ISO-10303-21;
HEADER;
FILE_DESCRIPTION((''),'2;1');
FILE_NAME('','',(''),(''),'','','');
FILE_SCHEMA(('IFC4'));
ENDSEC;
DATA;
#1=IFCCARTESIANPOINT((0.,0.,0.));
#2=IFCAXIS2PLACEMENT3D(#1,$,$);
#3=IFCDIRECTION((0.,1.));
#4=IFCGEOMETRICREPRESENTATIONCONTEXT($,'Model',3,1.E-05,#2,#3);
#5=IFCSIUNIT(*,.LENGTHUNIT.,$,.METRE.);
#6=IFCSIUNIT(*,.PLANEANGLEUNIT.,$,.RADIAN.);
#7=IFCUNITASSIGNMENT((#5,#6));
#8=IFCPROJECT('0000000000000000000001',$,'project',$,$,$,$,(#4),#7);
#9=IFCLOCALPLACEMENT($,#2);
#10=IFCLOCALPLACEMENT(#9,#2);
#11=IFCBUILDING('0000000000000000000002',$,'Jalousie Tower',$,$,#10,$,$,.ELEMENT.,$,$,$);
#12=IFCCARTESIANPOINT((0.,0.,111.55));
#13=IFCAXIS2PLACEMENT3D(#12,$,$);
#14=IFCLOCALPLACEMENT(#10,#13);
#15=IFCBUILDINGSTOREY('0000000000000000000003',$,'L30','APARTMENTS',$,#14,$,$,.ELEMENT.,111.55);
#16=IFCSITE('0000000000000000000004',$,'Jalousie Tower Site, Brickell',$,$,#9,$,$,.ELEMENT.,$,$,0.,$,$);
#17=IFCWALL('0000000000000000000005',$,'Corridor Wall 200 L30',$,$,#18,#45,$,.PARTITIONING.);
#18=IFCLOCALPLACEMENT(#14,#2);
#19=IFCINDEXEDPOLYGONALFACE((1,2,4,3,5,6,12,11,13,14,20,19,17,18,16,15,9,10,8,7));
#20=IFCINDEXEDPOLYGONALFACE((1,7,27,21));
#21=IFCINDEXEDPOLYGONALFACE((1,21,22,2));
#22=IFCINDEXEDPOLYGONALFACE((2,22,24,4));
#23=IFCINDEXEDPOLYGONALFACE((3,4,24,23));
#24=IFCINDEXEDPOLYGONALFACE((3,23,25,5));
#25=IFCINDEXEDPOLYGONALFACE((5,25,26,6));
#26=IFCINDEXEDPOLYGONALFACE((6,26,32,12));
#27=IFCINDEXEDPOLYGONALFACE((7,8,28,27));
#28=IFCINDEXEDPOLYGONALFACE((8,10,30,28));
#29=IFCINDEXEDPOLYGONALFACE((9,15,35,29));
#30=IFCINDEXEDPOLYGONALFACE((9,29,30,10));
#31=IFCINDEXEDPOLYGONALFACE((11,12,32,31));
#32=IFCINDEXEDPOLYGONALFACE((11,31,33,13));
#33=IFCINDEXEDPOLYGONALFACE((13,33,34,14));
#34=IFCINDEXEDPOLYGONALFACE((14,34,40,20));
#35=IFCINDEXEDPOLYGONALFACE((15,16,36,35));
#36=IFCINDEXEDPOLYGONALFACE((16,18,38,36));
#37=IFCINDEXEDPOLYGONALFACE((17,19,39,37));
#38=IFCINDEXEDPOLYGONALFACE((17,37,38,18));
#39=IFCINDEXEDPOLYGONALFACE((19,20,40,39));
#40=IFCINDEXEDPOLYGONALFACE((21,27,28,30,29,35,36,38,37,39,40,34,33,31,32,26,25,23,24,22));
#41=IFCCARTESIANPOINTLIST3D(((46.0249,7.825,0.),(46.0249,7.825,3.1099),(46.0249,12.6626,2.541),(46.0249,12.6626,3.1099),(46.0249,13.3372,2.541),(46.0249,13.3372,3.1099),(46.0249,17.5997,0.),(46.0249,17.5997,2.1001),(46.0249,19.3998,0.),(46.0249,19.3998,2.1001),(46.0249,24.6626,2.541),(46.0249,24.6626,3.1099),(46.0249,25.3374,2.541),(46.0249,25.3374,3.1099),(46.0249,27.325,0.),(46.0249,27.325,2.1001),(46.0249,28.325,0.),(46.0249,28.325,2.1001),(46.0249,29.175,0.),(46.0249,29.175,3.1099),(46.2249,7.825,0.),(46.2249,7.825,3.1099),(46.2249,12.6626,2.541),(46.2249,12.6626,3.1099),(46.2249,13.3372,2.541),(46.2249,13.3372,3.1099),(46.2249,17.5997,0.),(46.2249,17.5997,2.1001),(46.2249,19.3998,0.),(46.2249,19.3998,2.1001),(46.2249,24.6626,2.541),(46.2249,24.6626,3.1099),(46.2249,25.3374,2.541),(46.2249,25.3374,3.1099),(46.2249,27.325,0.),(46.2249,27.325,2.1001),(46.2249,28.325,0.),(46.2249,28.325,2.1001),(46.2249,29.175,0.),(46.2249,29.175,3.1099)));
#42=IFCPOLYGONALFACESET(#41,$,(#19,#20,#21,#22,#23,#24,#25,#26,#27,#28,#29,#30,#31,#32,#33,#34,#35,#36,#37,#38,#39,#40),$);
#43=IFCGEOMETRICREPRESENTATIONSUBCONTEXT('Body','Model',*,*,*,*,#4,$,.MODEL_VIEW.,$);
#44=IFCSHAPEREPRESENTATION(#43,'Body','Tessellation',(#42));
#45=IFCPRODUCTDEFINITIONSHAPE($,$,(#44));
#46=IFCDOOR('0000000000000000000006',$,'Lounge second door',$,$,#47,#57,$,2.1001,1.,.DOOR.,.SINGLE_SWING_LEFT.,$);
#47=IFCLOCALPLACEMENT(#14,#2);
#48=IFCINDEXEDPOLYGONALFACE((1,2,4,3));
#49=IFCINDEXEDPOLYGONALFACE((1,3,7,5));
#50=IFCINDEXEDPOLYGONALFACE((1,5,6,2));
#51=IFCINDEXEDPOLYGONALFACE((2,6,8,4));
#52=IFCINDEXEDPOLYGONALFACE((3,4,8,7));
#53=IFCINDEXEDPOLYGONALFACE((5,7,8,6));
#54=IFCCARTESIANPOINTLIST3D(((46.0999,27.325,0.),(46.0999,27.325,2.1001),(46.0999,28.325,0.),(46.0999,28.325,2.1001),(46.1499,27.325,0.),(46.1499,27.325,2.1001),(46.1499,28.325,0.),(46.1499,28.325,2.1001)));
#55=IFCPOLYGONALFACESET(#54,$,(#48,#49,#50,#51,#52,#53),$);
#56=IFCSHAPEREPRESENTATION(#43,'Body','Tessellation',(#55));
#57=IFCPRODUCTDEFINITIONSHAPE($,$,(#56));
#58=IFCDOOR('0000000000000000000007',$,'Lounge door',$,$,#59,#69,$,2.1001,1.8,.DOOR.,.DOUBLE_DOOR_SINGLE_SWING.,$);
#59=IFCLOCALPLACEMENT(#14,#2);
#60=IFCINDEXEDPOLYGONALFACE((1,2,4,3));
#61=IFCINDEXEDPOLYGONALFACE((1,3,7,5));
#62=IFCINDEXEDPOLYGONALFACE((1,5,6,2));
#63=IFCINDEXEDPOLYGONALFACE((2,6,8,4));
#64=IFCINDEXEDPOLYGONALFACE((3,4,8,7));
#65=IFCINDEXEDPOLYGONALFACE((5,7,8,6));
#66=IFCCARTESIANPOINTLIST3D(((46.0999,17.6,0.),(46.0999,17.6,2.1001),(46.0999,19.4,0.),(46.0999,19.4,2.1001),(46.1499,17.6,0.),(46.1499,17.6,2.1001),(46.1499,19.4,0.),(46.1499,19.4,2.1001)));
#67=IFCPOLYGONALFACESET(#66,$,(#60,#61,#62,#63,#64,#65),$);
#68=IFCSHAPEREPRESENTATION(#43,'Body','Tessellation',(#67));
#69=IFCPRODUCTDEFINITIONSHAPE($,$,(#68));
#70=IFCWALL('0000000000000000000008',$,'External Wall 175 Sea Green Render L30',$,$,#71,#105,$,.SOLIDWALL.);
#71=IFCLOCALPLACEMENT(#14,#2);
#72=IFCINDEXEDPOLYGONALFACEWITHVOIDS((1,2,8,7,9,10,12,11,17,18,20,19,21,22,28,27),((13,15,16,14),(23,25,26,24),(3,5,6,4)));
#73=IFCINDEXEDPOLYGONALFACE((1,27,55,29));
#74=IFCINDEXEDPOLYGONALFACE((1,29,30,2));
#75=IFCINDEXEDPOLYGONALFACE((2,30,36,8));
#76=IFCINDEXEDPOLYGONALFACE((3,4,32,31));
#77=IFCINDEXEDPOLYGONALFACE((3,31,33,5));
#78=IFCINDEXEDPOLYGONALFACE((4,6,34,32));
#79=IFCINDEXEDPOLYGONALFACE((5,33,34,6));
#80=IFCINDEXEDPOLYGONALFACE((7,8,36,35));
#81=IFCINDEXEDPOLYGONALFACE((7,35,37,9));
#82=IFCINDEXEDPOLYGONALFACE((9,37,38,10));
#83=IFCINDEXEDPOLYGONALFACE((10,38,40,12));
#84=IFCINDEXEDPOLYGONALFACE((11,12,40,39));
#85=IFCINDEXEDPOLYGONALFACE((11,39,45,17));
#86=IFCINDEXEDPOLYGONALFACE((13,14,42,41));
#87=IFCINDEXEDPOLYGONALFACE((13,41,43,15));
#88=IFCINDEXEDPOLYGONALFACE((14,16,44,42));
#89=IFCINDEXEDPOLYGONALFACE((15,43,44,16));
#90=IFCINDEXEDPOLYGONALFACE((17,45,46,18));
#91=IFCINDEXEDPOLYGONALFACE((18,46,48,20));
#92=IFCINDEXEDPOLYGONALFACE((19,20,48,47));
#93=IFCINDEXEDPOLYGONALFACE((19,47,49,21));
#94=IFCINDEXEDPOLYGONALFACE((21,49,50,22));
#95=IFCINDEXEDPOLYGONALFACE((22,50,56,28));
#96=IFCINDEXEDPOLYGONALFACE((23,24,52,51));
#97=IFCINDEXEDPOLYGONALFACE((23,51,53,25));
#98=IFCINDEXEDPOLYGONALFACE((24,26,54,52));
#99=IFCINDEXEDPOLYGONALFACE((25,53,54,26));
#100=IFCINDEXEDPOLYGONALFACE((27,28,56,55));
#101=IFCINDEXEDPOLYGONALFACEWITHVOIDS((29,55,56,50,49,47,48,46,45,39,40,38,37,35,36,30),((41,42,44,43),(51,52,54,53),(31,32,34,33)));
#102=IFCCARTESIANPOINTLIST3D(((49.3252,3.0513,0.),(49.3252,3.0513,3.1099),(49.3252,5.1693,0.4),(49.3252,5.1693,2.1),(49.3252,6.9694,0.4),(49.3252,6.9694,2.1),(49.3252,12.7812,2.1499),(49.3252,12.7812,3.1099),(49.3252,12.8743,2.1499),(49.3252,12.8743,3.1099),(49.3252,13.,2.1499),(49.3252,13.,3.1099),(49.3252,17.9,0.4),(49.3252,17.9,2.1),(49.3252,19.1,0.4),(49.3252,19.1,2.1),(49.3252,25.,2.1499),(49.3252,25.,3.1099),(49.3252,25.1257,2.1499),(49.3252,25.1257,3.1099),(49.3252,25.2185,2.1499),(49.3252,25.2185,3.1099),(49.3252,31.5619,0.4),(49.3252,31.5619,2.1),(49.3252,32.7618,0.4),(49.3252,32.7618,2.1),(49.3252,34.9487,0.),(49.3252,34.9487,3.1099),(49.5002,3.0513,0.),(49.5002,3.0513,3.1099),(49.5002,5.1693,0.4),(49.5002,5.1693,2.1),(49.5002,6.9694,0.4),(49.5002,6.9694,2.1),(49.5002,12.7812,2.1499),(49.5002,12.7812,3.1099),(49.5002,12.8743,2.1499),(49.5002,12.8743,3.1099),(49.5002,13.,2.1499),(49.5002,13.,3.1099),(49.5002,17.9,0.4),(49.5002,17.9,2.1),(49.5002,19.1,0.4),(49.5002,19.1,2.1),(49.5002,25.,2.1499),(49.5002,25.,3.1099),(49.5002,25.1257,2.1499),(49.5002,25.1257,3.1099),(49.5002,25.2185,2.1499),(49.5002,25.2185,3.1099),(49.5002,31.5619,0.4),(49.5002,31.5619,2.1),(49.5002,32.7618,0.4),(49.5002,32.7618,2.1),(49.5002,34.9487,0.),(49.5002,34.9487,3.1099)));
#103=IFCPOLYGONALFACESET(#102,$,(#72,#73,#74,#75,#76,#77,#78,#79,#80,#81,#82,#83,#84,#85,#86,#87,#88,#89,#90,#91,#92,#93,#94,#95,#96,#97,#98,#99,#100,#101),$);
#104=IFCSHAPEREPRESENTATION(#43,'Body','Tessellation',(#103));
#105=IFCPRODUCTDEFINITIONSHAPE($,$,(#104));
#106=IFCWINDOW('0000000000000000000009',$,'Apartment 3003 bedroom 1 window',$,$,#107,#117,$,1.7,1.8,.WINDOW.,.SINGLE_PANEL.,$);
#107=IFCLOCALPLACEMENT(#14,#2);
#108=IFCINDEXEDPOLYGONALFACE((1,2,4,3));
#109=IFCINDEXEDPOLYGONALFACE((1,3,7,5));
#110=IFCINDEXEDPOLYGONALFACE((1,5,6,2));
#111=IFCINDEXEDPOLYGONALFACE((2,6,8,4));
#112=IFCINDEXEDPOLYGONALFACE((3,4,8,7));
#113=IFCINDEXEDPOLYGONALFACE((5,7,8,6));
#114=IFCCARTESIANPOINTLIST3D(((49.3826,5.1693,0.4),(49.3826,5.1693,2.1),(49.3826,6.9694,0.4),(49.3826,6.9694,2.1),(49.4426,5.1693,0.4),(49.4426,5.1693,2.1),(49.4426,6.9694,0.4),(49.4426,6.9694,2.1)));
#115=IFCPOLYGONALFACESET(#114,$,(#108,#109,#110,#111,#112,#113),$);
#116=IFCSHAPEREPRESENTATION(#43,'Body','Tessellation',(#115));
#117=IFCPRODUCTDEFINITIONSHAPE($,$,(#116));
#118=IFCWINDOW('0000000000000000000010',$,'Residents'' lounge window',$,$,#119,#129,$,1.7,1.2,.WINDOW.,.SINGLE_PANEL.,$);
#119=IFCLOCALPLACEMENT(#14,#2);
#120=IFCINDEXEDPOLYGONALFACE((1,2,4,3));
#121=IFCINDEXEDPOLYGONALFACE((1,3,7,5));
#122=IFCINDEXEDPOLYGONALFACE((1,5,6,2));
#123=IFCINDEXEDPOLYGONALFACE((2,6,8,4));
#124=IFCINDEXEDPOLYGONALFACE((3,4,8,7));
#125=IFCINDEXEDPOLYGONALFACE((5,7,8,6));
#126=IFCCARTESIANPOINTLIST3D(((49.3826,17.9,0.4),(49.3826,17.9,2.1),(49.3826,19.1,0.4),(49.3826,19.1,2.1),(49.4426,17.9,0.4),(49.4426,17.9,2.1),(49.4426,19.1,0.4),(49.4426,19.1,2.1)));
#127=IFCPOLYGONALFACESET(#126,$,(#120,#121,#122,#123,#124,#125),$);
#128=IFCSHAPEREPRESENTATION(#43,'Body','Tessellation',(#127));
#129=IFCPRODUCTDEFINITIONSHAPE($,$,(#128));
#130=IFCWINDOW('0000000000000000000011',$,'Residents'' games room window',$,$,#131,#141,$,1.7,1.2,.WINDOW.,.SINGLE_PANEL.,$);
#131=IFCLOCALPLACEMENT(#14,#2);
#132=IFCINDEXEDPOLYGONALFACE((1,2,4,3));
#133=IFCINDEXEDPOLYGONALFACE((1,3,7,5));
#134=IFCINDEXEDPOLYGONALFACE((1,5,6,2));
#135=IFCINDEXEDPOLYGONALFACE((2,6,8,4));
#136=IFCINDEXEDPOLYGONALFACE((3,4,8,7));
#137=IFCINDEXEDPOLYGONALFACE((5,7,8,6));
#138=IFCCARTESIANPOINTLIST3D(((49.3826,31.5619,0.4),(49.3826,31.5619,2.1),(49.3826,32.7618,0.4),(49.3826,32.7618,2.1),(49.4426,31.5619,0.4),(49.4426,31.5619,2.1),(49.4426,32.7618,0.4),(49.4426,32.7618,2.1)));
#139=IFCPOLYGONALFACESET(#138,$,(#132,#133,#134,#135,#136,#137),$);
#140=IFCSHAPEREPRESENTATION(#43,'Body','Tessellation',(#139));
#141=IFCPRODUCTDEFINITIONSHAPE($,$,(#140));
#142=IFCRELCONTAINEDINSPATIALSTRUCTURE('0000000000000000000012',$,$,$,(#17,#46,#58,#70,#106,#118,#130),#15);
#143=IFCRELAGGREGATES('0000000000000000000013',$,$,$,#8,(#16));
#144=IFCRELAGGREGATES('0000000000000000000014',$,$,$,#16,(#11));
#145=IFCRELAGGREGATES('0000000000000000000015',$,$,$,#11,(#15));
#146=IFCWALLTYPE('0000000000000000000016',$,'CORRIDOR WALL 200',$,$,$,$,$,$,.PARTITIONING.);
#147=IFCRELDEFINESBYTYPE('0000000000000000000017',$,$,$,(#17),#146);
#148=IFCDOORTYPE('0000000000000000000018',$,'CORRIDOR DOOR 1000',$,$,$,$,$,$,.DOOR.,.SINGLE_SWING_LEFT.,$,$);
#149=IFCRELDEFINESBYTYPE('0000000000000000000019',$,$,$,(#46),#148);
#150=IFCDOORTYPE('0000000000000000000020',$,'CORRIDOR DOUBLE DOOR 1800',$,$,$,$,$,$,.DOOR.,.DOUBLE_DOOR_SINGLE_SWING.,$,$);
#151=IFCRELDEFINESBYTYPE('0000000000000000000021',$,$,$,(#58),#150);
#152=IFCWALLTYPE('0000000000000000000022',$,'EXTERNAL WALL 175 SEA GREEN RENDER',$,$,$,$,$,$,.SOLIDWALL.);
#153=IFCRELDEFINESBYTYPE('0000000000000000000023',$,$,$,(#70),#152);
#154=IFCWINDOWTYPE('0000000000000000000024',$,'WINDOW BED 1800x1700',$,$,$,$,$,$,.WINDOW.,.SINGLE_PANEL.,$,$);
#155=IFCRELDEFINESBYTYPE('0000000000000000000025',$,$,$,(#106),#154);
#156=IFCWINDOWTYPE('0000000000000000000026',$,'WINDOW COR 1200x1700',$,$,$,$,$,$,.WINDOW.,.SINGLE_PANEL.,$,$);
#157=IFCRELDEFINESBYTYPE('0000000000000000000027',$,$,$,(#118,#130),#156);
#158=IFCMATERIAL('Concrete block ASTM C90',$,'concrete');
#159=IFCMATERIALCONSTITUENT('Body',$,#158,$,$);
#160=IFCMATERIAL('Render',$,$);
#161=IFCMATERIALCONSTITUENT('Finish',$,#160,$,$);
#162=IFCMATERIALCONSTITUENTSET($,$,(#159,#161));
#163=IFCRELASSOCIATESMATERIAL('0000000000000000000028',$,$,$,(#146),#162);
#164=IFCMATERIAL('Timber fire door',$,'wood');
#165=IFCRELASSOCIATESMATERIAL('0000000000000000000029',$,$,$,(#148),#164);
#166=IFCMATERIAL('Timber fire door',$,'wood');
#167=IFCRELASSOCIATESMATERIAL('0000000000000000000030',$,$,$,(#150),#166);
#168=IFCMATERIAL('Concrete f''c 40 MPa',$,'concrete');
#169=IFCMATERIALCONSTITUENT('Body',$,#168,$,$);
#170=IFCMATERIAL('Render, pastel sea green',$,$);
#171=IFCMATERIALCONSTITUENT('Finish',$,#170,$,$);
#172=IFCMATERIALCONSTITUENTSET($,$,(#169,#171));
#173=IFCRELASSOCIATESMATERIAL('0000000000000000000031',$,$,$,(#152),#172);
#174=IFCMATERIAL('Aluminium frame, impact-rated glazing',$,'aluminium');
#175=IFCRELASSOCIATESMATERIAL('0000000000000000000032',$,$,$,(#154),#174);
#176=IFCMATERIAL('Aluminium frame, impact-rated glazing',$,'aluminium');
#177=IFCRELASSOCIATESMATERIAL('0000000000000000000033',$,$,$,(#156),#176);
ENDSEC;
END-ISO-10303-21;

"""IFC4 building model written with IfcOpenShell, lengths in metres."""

from ifc_helpers import new_model, si_unit, direction, frame, frame_2d, origin, place, context, subcontext, project, spatial, polyline, rectangle, outline, extrude, material, constituent, constituent_set, type_object, element, fill, save


model = new_model("IFC4")

# Units and contexts
model_context = context("Model", 3, precision=1e-05, world=origin(), true_north=direction((0.0, 1.0)))
body_context = subcontext(model_context, "Body", "Model", "MODEL_VIEW")
ifc_project = project(units=[si_unit("LENGTHUNIT", "METRE"), si_unit("PLANEANGLEUNIT", "RADIAN")], contexts=[model_context])

# Site, building, storey
site_placement = place(None, origin())
site = spatial("IfcSite", under=ifc_project, at=site_placement, Name="Jalousie Tower Site, Brickell", CompositionType="ELEMENT", RefElevation=0.0)
building_placement = place(site_placement, origin())
building = spatial("IfcBuilding", under=site, at=building_placement, Name="Jalousie Tower", CompositionType="ELEMENT")
storey_placement = place(building_placement, frame((0.0, 0.0, 111.55)))
storey = spatial("IfcBuildingStorey", under=building, at=storey_placement, Name="L30", Description="APARTMENTS", CompositionType="ELEMENT", Elevation=111.55)

# Wall, openings, doors
ifc_material_1 = material(Name="Concrete block ASTM C90", Category="concrete")
ifc_constituent_1 = constituent(ifc_material_1, Name="Body")
ifc_material_2 = material(Name="Render")
ifc_constituent_2 = constituent(ifc_material_2, Name="Finish")
ifc_constituent_set_1 = constituent_set(constituents=[ifc_constituent_1, ifc_constituent_2])
wall_type_1 = type_object("IfcWallType", Name="CORRIDOR WALL 200", PredefinedType="PARTITIONING", material=ifc_constituent_set_1)
wall_1_placement = place(storey_placement, frame((46.125, 7.825, 0.0), z_axis=(0.0, 0.0, 1.0), x_axis=(0.0, 1.0, 0.0)))
wall_1 = element("IfcWall", 1, at=wall_1_placement, inside=storey, type_object=wall_type_1, Name="Corridor Wall 200 L30", PredefinedType="PARTITIONING", context=body_context, shape_type="SweptSolid", body=[
    extrude(outline(polyline([(0.0, 0.0), (21.3501, 0.0), (21.3501, 3.1099), (17.5125, 3.1099), (17.5125, 2.541), (16.8376, 2.541), (16.8376, 3.1099), (5.5122, 3.1099), (5.5122, 2.541), (4.8376, 2.541), (4.8376, 3.1099), (0.0, 3.1099), (0.0, 0.0)])), frame((0.0, 0.1001, 0.0), z_axis=(0.0, -1.0, 0.0), x_axis=(1.0, 0.0, 0.0)), (0.0, 0.0, 1.0), 0.2),
])
opening_1_placement = place(wall_1_placement, frame((9.7749, 0.0, 0.0)))
opening_1 = element("IfcOpeningElement", 2, at=opening_1_placement, cuts=wall_1, PredefinedType="OPENING", context=body_context, shape_type="SweptSolid", body=[
    extrude(rectangle(XDim=1.8, YDim=2.1001, at=frame_2d((0.8999, 1.05))), frame((0.0, 0.1099, 0.0), z_axis=(0.0, -1.0, 0.0), x_axis=(1.0, 0.0, 0.0)), (0.0, 0.0, 1.0), 0.22),
])
opening_2_placement = place(wall_1_placement, frame((19.5, 0.0, 0.0)))
opening_2 = element("IfcOpeningElement", 3, at=opening_2_placement, cuts=wall_1, PredefinedType="OPENING", context=body_context, shape_type="SweptSolid", body=[
    extrude(rectangle(XDim=1.0, YDim=2.1001, at=frame_2d((0.5, 1.05))), frame((0.0, 0.1099, 0.0), z_axis=(0.0, -1.0, 0.0), x_axis=(1.0, 0.0, 0.0)), (0.0, 0.0, 1.0), 0.22),
])
ifc_material_3 = material(Name="Timber fire door", Category="wood")
door_type_1 = type_object("IfcDoorType", Name="CORRIDOR DOOR 1000", OperationType="SINGLE_SWING_LEFT", PredefinedType="DOOR", material=ifc_material_3)
door_1_placement = place(opening_2_placement, frame((1.0, 0.0, 0.0), z_axis=(0.0, 0.0, 1.0), x_axis=(-1.0, 0.0, 0.0)))
door_1 = element("IfcDoor", 4, at=door_1_placement, inside=storey, type_object=door_type_1, Name="Lounge second door", OperationType="SINGLE_SWING_LEFT", OverallHeight=2.1001, OverallWidth=1.0, PredefinedType="DOOR", context=body_context, shape_type="SweptSolid", body=[
    extrude(rectangle(XDim=1.0, YDim=2.1001, at=frame_2d((0.5, 1.05))), frame((0.0, 0.0249, 0.0), z_axis=(0.0, -1.0, 0.0), x_axis=(1.0, 0.0, 0.0)), (0.0, 0.0, 1.0), 0.05),
])
fill(opening_2, door_1)
ifc_material_4 = material(Name="Timber fire door", Category="wood")
door_type_2 = type_object("IfcDoorType", Name="CORRIDOR DOUBLE DOOR 1800", OperationType="DOUBLE_DOOR_SINGLE_SWING", PredefinedType="DOOR", material=ifc_material_4)
door_2_placement = place(opening_1_placement, frame((1.8, 0.0, 0.0), z_axis=(0.0, 0.0, 1.0), x_axis=(-1.0, 0.0, 0.0)))
door_2 = element("IfcDoor", 5, at=door_2_placement, inside=storey, type_object=door_type_2, Name="Lounge door", OperationType="DOUBLE_DOOR_SINGLE_SWING", OverallHeight=2.1001, OverallWidth=1.8, PredefinedType="DOOR", context=body_context, shape_type="SweptSolid", body=[
    extrude(rectangle(XDim=1.8, YDim=2.1001, at=frame_2d((0.8999, 1.05))), frame((0.0, 0.0249, 0.0), z_axis=(0.0, -1.0, 0.0), x_axis=(1.0, 0.0, 0.0)), (0.0, 0.0, 1.0), 0.05),
])
fill(opening_1, door_2)

# Wall, openings, windows
ifc_material_5 = material(Name="Concrete f'c 40 MPa", Category="concrete")
ifc_constituent_3 = constituent(ifc_material_5, Name="Body")
ifc_material_6 = material(Name="Render, pastel sea green")
ifc_constituent_4 = constituent(ifc_material_6, Name="Finish")
ifc_constituent_set_2 = constituent_set(constituents=[ifc_constituent_3, ifc_constituent_4])
wall_type_2 = type_object("IfcWallType", Name="EXTERNAL WALL 175 SEA GREEN RENDER", PredefinedType="SOLIDWALL", material=ifc_constituent_set_2)
wall_2_placement = place(storey_placement, frame((49.4126, 3.0513, 0.0), z_axis=(0.0, 0.0, 1.0), x_axis=(0.0, 1.0, 0.0)))
wall_2 = element("IfcWall", 6, at=wall_2_placement, inside=storey, type_object=wall_type_2, Name="External Wall 175 Sea Green Render L30", PredefinedType="SOLIDWALL", context=body_context, shape_type="SweptSolid", body=[
    extrude(outline(polyline([(0.0, 0.0), (31.8975, 0.0), (31.8975, 3.1099), (22.1672, 3.1099), (22.1672, 2.1499), (22.0745, 2.1499), (22.0745, 3.1099), (21.9487, 3.1099), (21.9487, 2.1499), (9.9487, 2.1499), (9.9487, 3.1099), (9.823, 3.1099), (9.823, 2.1499), (9.73, 2.1499), (9.73, 3.1099), (0.0, 3.1099), (0.0, 0.0)])), frame((0.0, 0.0874, 0.0), z_axis=(0.0, -1.0, 0.0), x_axis=(1.0, 0.0, 0.0)), (0.0, 0.0, 1.0), 0.175),
])
opening_3_placement = place(wall_2_placement, frame((2.1182, 0.0, 0.3999)))
opening_3 = element("IfcOpeningElement", 7, at=opening_3_placement, cuts=wall_2, PredefinedType="OPENING", context=body_context, shape_type="SweptSolid", body=[
    extrude(rectangle(XDim=1.8, YDim=1.7, at=frame_2d((0.8999, 0.8501))), frame((0.0, 0.0974, 0.0), z_axis=(0.0, -1.0, 0.0), x_axis=(1.0, 0.0, 0.0)), (0.0, 0.0, 1.0), 0.1951),
])
opening_4_placement = place(wall_2_placement, frame((14.8486, 0.0, 0.3999)))
opening_4 = element("IfcOpeningElement", 8, at=opening_4_placement, cuts=wall_2, PredefinedType="OPENING", context=body_context, shape_type="SweptSolid", body=[
    extrude(rectangle(XDim=1.2, YDim=1.7, at=frame_2d((0.6001, 0.8501))), frame((0.0, 0.0974, 0.0), z_axis=(0.0, -1.0, 0.0), x_axis=(1.0, 0.0, 0.0)), (0.0, 0.0, 1.0), 0.1951),
])
opening_5_placement = place(wall_2_placement, frame((28.5105, 0.0, 0.3999)))
opening_5 = element("IfcOpeningElement", 9, at=opening_5_placement, cuts=wall_2, PredefinedType="OPENING", context=body_context, shape_type="SweptSolid", body=[
    extrude(rectangle(XDim=1.2, YDim=1.7, at=frame_2d((0.6001, 0.8501))), frame((0.0, 0.0974, 0.0), z_axis=(0.0, -1.0, 0.0), x_axis=(1.0, 0.0, 0.0)), (0.0, 0.0, 1.0), 0.1951),
])
ifc_material_7 = material(Name="Aluminium frame, impact-rated glazing", Category="aluminium")
window_type_1 = type_object("IfcWindowType", Name="WINDOW BED 1800x1700", PartitioningType="SINGLE_PANEL", PredefinedType="WINDOW", material=ifc_material_7)
window_1_placement = place(opening_3_placement, origin())
window_1 = element("IfcWindow", 10, at=window_1_placement, inside=storey, type_object=window_type_1, Name="Apartment 3003 bedroom 1 window", OverallHeight=1.7, OverallWidth=1.8, PartitioningType="SINGLE_PANEL", PredefinedType="WINDOW", context=body_context, shape_type="SweptSolid", body=[
    extrude(rectangle(XDim=1.8, YDim=1.7, at=frame_2d((0.8999, 0.8501))), frame((0.0, 0.03, 0.0), z_axis=(0.0, -1.0, 0.0), x_axis=(1.0, 0.0, 0.0)), (0.0, 0.0, 1.0), 0.0601),
])
fill(opening_3, window_1)
ifc_material_8 = material(Name="Aluminium frame, impact-rated glazing", Category="aluminium")
window_type_2 = type_object("IfcWindowType", Name="WINDOW COR 1200x1700", PartitioningType="SINGLE_PANEL", PredefinedType="WINDOW", material=ifc_material_8)
window_2_placement = place(opening_4_placement, origin())
window_2 = element("IfcWindow", 11, at=window_2_placement, inside=storey, type_object=window_type_2, Name="Residents' lounge window", OverallHeight=1.7, OverallWidth=1.2, PartitioningType="SINGLE_PANEL", PredefinedType="WINDOW", context=body_context, shape_type="SweptSolid", body=[
    extrude(rectangle(XDim=1.2, YDim=1.7, at=frame_2d((0.6001, 0.8501))), frame((0.0, 0.03, 0.0), z_axis=(0.0, -1.0, 0.0), x_axis=(1.0, 0.0, 0.0)), (0.0, 0.0, 1.0), 0.0601),
])
fill(opening_4, window_2)
window_3_placement = place(opening_5_placement, origin())
window_3 = element("IfcWindow", 12, at=window_3_placement, inside=storey, type_object=window_type_2, Name="Residents' games room window", OverallHeight=1.7, OverallWidth=1.2, PartitioningType="SINGLE_PANEL", PredefinedType="WINDOW", context=body_context, shape_type="SweptSolid", body=[
    extrude(rectangle(XDim=1.2, YDim=1.7, at=frame_2d((0.6001, 0.8501))), frame((0.0, 0.03, 0.0), z_axis=(0.0, -1.0, 0.0), x_axis=(1.0, 0.0, 0.0)), (0.0, 0.0, 1.0), 0.0601),
])
fill(opening_5, window_3)

save(model, "model.ifc")
